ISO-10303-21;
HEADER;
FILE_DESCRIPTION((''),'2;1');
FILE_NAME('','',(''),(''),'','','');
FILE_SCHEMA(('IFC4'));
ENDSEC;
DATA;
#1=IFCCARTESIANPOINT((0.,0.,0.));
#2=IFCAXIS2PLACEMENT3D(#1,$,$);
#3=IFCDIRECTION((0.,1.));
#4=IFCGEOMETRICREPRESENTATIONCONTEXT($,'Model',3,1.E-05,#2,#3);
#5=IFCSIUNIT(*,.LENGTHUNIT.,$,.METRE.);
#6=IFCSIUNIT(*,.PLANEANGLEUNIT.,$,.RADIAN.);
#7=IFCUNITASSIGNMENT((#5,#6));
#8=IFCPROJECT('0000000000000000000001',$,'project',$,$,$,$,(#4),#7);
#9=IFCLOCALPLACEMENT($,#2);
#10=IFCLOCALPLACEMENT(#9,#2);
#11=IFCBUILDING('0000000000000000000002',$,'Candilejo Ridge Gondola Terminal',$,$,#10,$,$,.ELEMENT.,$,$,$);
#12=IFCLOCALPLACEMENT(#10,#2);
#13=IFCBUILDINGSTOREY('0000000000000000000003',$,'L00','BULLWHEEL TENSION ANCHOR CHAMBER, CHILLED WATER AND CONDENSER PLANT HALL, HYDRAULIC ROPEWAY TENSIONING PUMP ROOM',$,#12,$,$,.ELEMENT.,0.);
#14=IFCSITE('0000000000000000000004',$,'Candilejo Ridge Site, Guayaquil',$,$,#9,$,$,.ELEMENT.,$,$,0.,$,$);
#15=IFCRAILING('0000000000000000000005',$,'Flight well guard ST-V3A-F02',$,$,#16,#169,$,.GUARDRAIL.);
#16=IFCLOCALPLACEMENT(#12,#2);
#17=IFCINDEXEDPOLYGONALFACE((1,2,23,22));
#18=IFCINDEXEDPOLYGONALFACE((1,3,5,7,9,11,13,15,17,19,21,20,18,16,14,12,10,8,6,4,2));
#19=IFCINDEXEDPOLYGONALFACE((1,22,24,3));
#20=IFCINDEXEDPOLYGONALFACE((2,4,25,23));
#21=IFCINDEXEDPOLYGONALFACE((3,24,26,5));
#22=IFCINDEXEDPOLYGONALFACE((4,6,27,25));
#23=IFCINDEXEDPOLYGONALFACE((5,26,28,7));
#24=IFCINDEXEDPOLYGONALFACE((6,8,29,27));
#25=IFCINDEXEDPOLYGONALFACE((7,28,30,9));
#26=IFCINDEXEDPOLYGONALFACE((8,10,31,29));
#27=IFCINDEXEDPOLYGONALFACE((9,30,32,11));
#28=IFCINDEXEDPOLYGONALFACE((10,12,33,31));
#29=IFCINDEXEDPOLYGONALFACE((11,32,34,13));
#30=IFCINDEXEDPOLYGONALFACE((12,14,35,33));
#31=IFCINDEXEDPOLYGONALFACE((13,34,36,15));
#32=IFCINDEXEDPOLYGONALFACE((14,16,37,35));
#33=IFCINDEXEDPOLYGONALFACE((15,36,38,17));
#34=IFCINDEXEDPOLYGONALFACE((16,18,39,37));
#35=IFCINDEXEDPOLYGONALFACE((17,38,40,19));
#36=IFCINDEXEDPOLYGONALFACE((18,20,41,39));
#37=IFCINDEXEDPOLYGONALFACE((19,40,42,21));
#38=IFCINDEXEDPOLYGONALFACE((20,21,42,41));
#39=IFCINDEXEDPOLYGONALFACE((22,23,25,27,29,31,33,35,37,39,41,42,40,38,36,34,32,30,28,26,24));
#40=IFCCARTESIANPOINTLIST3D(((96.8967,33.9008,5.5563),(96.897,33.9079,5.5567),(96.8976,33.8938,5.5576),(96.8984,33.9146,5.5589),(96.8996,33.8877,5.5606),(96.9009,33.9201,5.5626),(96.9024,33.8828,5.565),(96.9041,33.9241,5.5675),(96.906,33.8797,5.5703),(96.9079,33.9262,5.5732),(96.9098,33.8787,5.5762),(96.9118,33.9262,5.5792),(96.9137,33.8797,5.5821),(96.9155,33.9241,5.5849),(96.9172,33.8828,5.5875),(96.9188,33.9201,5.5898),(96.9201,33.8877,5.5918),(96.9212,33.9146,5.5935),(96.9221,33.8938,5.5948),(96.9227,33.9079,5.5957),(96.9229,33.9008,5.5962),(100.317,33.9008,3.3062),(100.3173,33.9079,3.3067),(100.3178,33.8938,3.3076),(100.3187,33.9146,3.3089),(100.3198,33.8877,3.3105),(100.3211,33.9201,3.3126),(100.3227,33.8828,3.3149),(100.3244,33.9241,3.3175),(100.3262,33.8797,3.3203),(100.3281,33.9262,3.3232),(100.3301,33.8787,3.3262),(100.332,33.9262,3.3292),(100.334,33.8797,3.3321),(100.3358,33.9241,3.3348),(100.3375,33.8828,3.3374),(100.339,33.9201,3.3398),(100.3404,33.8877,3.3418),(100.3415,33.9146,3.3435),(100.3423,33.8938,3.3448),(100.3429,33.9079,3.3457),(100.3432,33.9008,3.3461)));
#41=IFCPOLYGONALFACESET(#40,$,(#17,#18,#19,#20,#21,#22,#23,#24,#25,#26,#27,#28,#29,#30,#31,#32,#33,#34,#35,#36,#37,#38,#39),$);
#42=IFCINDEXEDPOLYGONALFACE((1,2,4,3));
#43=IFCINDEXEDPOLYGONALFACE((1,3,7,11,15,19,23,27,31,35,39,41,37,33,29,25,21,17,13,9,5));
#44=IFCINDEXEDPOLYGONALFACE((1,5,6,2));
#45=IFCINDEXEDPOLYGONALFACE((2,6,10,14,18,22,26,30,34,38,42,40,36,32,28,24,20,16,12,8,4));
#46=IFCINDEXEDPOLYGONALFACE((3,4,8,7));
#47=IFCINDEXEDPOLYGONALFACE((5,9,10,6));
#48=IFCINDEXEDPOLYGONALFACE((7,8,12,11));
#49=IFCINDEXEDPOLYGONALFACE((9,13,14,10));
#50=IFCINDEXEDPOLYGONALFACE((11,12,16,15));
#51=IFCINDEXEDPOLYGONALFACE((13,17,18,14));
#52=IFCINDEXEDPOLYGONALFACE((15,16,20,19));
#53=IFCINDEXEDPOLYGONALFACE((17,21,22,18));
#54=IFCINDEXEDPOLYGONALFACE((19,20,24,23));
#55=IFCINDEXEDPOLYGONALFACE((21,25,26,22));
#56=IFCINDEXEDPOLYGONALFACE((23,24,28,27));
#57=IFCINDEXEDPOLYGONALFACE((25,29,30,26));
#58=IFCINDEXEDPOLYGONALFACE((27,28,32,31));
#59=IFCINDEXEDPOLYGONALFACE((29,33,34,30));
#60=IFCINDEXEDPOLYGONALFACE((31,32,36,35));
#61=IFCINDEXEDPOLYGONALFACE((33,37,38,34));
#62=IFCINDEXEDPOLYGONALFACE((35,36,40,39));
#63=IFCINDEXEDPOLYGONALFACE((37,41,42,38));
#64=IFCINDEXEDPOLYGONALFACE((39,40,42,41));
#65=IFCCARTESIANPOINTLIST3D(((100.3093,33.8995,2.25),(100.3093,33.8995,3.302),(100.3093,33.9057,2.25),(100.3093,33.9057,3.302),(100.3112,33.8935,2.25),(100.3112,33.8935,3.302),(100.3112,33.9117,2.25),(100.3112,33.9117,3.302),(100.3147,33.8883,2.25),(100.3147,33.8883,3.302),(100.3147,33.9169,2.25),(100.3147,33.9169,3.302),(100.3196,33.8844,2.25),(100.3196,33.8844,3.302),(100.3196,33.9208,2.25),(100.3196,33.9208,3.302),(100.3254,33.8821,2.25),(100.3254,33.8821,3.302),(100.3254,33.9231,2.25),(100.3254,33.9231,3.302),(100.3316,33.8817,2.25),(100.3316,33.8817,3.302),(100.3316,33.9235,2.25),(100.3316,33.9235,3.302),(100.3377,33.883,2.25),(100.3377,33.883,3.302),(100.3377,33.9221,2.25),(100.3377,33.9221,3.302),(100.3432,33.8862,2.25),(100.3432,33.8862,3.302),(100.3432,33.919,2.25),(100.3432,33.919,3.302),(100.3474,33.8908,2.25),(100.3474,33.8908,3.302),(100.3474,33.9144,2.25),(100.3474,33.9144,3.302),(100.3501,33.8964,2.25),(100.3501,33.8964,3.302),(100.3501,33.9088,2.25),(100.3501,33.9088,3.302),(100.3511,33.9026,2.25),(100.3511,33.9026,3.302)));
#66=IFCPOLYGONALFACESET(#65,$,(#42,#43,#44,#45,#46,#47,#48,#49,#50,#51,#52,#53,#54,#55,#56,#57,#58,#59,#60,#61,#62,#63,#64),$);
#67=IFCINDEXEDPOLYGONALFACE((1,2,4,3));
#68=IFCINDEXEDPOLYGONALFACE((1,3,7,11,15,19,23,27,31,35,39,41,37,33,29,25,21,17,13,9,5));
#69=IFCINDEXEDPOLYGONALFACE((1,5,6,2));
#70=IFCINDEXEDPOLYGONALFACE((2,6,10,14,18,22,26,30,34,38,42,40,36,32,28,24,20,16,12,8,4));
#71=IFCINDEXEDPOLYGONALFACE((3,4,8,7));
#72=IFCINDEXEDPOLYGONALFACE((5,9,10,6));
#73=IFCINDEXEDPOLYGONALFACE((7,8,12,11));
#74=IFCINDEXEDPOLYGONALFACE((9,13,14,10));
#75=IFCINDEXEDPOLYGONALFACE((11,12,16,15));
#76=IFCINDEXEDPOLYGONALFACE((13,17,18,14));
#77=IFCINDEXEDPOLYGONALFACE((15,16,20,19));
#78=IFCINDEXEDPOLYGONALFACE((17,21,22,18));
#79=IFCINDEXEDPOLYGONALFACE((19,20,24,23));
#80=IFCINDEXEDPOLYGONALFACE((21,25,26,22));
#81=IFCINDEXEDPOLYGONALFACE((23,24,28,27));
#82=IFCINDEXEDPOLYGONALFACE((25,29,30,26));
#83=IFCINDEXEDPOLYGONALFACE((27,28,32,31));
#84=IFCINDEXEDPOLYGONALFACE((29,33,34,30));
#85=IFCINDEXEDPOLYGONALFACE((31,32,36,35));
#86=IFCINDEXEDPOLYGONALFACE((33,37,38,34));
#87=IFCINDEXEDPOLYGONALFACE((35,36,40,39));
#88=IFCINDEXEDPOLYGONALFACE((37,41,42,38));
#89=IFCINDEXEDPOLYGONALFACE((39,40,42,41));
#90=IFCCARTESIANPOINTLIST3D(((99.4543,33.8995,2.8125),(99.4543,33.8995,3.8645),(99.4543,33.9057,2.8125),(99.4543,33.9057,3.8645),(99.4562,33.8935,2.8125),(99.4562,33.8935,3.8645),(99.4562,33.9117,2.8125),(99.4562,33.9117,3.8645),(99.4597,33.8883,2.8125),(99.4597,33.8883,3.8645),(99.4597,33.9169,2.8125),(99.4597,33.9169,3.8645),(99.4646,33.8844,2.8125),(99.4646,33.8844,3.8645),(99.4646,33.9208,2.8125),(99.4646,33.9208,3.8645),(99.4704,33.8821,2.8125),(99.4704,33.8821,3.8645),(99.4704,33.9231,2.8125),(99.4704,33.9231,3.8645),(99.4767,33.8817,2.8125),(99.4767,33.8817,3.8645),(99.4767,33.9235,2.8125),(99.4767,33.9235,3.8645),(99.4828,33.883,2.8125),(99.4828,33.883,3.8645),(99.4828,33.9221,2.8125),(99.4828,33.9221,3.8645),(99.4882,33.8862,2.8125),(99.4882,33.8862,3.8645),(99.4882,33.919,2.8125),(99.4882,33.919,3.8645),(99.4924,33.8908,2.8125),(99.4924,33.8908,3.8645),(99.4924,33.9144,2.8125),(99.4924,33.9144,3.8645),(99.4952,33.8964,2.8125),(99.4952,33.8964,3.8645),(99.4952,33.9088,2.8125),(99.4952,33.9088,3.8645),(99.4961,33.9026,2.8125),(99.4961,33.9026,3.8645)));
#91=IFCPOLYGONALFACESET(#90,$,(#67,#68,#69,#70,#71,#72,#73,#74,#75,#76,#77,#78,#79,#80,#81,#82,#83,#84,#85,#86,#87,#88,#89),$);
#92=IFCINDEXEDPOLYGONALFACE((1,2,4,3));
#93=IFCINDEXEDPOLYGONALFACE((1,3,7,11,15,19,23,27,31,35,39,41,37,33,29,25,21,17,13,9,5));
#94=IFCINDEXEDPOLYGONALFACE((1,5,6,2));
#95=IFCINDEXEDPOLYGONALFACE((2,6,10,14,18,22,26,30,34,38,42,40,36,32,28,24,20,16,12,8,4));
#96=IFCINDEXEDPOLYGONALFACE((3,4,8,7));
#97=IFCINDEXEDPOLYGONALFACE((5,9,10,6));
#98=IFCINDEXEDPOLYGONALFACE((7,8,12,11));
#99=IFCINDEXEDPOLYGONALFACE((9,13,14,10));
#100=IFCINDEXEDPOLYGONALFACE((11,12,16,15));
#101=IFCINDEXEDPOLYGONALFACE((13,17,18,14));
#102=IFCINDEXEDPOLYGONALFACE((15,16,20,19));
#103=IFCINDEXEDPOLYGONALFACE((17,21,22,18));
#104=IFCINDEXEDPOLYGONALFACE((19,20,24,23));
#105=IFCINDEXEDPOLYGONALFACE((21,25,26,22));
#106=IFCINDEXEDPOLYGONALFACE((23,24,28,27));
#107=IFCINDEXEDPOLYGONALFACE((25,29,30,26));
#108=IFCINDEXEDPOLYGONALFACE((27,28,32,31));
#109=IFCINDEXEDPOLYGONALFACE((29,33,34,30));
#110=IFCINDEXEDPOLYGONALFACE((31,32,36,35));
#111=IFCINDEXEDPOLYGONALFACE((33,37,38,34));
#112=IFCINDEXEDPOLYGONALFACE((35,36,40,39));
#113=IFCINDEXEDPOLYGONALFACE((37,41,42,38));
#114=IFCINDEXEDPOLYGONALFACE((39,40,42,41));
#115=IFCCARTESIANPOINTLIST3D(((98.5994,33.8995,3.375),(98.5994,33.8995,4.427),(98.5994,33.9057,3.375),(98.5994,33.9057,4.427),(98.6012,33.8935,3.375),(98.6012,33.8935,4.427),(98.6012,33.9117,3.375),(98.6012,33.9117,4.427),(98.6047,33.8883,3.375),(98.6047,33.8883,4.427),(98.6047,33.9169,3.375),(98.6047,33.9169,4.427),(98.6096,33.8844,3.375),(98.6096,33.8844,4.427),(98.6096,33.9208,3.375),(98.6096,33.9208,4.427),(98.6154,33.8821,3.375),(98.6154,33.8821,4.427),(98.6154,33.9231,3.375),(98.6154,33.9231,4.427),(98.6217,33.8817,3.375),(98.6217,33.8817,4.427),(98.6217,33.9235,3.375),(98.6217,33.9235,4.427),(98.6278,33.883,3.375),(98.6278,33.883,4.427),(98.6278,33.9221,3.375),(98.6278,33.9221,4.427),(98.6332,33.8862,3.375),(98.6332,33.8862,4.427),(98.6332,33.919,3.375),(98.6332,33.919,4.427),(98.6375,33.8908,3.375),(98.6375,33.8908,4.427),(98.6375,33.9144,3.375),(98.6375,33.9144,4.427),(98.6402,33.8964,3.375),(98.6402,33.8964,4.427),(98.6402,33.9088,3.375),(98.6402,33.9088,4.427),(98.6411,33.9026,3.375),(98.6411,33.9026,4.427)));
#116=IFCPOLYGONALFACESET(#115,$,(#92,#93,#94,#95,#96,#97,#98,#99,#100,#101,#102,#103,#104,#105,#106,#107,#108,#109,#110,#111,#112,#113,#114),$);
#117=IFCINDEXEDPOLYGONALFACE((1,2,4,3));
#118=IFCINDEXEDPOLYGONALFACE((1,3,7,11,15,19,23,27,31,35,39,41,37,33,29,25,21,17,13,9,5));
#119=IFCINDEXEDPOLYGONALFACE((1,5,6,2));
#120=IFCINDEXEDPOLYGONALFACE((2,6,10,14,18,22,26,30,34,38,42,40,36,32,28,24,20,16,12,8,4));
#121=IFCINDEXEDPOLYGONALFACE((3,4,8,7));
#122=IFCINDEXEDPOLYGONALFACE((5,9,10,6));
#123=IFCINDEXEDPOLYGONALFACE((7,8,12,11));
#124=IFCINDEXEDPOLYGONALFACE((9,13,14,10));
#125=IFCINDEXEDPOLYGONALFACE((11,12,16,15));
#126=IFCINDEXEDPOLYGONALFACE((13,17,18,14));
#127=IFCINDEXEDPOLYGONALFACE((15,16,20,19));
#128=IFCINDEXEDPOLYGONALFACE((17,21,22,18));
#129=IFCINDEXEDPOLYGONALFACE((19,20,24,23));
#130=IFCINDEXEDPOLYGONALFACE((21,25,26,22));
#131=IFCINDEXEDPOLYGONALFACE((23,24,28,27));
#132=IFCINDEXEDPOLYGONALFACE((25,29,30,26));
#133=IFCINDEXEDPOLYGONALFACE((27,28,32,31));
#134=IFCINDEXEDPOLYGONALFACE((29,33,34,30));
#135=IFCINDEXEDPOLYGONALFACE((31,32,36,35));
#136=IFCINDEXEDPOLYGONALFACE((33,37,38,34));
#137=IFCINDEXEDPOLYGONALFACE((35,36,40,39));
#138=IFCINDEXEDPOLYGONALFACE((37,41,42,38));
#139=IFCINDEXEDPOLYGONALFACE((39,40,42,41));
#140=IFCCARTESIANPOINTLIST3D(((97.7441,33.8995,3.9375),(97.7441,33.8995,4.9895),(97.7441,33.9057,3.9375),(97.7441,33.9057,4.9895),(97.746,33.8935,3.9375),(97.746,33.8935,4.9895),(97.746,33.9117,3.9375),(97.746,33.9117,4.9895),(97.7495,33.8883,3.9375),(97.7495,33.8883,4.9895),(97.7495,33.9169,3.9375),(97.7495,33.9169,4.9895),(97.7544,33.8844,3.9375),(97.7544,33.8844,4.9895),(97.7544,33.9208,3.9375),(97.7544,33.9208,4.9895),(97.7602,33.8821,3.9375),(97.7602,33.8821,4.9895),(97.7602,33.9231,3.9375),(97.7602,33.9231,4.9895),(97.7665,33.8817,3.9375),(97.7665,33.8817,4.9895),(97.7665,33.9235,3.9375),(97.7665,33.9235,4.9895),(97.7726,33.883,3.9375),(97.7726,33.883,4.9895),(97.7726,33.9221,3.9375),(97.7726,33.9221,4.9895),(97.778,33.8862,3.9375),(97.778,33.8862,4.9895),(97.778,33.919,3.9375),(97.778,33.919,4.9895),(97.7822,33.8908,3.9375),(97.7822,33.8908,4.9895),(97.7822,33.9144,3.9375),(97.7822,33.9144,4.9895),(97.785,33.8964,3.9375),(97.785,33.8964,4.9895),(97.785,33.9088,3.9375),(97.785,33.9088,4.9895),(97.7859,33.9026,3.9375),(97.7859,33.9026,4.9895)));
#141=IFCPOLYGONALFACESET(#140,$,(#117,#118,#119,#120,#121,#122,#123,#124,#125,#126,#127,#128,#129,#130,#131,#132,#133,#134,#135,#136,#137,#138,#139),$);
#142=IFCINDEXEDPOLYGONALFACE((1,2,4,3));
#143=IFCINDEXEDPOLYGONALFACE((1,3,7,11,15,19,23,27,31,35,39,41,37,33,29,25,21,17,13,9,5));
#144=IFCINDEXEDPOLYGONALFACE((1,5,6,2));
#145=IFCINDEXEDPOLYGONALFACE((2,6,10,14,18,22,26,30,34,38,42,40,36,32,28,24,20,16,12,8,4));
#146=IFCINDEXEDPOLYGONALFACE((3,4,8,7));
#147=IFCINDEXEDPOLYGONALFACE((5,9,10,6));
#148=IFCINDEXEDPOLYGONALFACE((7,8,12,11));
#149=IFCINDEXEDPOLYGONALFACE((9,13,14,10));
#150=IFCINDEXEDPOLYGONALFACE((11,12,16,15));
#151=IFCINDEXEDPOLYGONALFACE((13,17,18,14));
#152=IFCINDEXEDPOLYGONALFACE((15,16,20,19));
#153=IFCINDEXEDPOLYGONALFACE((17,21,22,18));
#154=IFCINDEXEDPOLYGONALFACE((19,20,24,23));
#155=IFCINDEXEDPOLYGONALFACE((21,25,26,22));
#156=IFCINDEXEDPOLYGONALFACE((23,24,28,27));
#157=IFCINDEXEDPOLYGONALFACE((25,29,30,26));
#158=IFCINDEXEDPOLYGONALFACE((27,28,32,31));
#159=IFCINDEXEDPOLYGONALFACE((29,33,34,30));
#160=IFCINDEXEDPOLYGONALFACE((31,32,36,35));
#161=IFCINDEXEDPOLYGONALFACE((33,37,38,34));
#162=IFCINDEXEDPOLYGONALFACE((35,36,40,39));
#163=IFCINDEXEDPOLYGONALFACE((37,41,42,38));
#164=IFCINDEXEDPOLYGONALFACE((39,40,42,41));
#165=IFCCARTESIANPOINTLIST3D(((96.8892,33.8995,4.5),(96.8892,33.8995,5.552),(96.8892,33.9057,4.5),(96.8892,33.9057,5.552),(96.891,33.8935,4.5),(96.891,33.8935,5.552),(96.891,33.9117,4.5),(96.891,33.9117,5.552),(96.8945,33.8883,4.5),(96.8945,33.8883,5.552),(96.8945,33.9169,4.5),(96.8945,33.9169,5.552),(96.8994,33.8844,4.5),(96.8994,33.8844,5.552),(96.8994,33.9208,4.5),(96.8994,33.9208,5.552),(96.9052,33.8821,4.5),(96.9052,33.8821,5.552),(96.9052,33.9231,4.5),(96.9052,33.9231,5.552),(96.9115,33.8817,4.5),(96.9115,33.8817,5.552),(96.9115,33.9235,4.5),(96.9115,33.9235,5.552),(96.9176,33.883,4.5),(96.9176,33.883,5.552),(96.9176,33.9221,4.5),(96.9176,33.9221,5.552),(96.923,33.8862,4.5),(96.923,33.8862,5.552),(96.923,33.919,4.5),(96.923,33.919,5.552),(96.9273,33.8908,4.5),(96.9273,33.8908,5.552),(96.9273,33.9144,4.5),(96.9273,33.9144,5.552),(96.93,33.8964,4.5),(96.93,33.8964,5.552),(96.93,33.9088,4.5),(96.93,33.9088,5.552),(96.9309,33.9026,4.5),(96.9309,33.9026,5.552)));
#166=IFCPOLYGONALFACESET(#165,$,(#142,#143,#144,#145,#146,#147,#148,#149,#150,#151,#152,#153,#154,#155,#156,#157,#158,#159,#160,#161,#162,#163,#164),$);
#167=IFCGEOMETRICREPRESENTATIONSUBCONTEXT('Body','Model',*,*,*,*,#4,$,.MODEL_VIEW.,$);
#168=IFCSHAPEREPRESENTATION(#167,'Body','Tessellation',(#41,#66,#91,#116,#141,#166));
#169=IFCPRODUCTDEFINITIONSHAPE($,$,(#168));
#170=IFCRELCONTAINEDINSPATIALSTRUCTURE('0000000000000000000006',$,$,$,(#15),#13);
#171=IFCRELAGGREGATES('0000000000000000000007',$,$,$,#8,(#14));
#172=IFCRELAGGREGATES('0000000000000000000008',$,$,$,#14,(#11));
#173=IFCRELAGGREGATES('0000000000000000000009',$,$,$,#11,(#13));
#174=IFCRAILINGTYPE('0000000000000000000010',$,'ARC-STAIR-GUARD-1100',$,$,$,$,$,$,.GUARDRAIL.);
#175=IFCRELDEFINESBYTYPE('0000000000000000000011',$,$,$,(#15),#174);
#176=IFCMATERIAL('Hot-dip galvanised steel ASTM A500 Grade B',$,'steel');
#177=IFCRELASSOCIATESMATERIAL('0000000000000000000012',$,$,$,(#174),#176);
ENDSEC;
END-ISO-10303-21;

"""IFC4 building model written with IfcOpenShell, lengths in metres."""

from ifc_helpers import new_model, si_unit, direction, frame, origin, origin_2d, place, context, subcontext, project, spatial, circle, extrude, material, type_object, element, save


model = new_model("IFC4")

# Units and contexts
model_context = context("Model", 3, precision=1e-05, world=origin(), true_north=direction((0.0, 1.0)))
body_context = subcontext(model_context, "Body", "Model", "MODEL_VIEW")
ifc_project = project(units=[si_unit("LENGTHUNIT", "METRE"), si_unit("PLANEANGLEUNIT", "RADIAN")], contexts=[model_context])

# Site, building, storey
site_placement = place(None, origin())
site = spatial("IfcSite", under=ifc_project, at=site_placement, Name="Candilejo Ridge Site, Guayaquil", CompositionType="ELEMENT", RefElevation=0.0)
building_placement = place(site_placement, origin())
building = spatial("IfcBuilding", under=site, at=building_placement, Name="Candilejo Ridge Gondola Terminal", CompositionType="ELEMENT")
storey_placement = place(building_placement, origin())
storey = spatial("IfcBuildingStorey", under=building, at=storey_placement, Name="L00", Description="BULLWHEEL TENSION ANCHOR CHAMBER, CHILLED WATER AND CONDENSER PLANT HALL, HYDRAULIC ROPEWAY TENSIONING PUMP ROOM", CompositionType="ELEMENT", Elevation=0.0)

# Railing
ifc_material_1 = material(Name="Hot-dip galvanised steel ASTM A500 Grade B", Category="steel")
railing_type_1 = type_object("IfcRailingType", Name="ARC-STAIR-GUARD-1100", PredefinedType="GUARDRAIL", material=ifc_material_1)
railing_1_placement = place(storey_placement, frame((100.3301, 33.9026, 2.25)))
element("IfcRailing", 1, at=railing_1_placement, inside=storey, type_object=railing_type_1, Name="Flight well guard ST-V3A-F02", PredefinedType="GUARDRAIL", context=body_context, shape_type="SweptSolid", body=[
    extrude(circle(Radius=0.0239, at=origin_2d()), frame((0.0, 0.0, 1.0762), z_axis=(-0.835429, 0.0, 0.549598), x_axis=(0.0, -1.0, 0.0)), (0.0, 0.0, 1.0), 4.094),
    extrude(circle(Radius=0.021, at=origin_2d()), origin(), (0.0, 0.0, 1.0), 1.052),
    extrude(circle(Radius=0.021, at=origin_2d()), frame((-0.855, 0.0, 0.5625)), (0.0, 0.0, 1.0), 1.052),
    extrude(circle(Radius=0.021, at=origin_2d()), frame((-1.71, 0.0, 1.125)), (0.0, 0.0, 1.0), 1.052),
    extrude(circle(Radius=0.021, at=origin_2d()), frame((-2.5652, 0.0, 1.6875)), (0.0, 0.0, 1.0), 1.052),
    extrude(circle(Radius=0.021, at=origin_2d()), frame((-3.4202, 0.0, 2.25)), (0.0, 0.0, 1.0), 1.052),
])

save(model, "model.ifc")
